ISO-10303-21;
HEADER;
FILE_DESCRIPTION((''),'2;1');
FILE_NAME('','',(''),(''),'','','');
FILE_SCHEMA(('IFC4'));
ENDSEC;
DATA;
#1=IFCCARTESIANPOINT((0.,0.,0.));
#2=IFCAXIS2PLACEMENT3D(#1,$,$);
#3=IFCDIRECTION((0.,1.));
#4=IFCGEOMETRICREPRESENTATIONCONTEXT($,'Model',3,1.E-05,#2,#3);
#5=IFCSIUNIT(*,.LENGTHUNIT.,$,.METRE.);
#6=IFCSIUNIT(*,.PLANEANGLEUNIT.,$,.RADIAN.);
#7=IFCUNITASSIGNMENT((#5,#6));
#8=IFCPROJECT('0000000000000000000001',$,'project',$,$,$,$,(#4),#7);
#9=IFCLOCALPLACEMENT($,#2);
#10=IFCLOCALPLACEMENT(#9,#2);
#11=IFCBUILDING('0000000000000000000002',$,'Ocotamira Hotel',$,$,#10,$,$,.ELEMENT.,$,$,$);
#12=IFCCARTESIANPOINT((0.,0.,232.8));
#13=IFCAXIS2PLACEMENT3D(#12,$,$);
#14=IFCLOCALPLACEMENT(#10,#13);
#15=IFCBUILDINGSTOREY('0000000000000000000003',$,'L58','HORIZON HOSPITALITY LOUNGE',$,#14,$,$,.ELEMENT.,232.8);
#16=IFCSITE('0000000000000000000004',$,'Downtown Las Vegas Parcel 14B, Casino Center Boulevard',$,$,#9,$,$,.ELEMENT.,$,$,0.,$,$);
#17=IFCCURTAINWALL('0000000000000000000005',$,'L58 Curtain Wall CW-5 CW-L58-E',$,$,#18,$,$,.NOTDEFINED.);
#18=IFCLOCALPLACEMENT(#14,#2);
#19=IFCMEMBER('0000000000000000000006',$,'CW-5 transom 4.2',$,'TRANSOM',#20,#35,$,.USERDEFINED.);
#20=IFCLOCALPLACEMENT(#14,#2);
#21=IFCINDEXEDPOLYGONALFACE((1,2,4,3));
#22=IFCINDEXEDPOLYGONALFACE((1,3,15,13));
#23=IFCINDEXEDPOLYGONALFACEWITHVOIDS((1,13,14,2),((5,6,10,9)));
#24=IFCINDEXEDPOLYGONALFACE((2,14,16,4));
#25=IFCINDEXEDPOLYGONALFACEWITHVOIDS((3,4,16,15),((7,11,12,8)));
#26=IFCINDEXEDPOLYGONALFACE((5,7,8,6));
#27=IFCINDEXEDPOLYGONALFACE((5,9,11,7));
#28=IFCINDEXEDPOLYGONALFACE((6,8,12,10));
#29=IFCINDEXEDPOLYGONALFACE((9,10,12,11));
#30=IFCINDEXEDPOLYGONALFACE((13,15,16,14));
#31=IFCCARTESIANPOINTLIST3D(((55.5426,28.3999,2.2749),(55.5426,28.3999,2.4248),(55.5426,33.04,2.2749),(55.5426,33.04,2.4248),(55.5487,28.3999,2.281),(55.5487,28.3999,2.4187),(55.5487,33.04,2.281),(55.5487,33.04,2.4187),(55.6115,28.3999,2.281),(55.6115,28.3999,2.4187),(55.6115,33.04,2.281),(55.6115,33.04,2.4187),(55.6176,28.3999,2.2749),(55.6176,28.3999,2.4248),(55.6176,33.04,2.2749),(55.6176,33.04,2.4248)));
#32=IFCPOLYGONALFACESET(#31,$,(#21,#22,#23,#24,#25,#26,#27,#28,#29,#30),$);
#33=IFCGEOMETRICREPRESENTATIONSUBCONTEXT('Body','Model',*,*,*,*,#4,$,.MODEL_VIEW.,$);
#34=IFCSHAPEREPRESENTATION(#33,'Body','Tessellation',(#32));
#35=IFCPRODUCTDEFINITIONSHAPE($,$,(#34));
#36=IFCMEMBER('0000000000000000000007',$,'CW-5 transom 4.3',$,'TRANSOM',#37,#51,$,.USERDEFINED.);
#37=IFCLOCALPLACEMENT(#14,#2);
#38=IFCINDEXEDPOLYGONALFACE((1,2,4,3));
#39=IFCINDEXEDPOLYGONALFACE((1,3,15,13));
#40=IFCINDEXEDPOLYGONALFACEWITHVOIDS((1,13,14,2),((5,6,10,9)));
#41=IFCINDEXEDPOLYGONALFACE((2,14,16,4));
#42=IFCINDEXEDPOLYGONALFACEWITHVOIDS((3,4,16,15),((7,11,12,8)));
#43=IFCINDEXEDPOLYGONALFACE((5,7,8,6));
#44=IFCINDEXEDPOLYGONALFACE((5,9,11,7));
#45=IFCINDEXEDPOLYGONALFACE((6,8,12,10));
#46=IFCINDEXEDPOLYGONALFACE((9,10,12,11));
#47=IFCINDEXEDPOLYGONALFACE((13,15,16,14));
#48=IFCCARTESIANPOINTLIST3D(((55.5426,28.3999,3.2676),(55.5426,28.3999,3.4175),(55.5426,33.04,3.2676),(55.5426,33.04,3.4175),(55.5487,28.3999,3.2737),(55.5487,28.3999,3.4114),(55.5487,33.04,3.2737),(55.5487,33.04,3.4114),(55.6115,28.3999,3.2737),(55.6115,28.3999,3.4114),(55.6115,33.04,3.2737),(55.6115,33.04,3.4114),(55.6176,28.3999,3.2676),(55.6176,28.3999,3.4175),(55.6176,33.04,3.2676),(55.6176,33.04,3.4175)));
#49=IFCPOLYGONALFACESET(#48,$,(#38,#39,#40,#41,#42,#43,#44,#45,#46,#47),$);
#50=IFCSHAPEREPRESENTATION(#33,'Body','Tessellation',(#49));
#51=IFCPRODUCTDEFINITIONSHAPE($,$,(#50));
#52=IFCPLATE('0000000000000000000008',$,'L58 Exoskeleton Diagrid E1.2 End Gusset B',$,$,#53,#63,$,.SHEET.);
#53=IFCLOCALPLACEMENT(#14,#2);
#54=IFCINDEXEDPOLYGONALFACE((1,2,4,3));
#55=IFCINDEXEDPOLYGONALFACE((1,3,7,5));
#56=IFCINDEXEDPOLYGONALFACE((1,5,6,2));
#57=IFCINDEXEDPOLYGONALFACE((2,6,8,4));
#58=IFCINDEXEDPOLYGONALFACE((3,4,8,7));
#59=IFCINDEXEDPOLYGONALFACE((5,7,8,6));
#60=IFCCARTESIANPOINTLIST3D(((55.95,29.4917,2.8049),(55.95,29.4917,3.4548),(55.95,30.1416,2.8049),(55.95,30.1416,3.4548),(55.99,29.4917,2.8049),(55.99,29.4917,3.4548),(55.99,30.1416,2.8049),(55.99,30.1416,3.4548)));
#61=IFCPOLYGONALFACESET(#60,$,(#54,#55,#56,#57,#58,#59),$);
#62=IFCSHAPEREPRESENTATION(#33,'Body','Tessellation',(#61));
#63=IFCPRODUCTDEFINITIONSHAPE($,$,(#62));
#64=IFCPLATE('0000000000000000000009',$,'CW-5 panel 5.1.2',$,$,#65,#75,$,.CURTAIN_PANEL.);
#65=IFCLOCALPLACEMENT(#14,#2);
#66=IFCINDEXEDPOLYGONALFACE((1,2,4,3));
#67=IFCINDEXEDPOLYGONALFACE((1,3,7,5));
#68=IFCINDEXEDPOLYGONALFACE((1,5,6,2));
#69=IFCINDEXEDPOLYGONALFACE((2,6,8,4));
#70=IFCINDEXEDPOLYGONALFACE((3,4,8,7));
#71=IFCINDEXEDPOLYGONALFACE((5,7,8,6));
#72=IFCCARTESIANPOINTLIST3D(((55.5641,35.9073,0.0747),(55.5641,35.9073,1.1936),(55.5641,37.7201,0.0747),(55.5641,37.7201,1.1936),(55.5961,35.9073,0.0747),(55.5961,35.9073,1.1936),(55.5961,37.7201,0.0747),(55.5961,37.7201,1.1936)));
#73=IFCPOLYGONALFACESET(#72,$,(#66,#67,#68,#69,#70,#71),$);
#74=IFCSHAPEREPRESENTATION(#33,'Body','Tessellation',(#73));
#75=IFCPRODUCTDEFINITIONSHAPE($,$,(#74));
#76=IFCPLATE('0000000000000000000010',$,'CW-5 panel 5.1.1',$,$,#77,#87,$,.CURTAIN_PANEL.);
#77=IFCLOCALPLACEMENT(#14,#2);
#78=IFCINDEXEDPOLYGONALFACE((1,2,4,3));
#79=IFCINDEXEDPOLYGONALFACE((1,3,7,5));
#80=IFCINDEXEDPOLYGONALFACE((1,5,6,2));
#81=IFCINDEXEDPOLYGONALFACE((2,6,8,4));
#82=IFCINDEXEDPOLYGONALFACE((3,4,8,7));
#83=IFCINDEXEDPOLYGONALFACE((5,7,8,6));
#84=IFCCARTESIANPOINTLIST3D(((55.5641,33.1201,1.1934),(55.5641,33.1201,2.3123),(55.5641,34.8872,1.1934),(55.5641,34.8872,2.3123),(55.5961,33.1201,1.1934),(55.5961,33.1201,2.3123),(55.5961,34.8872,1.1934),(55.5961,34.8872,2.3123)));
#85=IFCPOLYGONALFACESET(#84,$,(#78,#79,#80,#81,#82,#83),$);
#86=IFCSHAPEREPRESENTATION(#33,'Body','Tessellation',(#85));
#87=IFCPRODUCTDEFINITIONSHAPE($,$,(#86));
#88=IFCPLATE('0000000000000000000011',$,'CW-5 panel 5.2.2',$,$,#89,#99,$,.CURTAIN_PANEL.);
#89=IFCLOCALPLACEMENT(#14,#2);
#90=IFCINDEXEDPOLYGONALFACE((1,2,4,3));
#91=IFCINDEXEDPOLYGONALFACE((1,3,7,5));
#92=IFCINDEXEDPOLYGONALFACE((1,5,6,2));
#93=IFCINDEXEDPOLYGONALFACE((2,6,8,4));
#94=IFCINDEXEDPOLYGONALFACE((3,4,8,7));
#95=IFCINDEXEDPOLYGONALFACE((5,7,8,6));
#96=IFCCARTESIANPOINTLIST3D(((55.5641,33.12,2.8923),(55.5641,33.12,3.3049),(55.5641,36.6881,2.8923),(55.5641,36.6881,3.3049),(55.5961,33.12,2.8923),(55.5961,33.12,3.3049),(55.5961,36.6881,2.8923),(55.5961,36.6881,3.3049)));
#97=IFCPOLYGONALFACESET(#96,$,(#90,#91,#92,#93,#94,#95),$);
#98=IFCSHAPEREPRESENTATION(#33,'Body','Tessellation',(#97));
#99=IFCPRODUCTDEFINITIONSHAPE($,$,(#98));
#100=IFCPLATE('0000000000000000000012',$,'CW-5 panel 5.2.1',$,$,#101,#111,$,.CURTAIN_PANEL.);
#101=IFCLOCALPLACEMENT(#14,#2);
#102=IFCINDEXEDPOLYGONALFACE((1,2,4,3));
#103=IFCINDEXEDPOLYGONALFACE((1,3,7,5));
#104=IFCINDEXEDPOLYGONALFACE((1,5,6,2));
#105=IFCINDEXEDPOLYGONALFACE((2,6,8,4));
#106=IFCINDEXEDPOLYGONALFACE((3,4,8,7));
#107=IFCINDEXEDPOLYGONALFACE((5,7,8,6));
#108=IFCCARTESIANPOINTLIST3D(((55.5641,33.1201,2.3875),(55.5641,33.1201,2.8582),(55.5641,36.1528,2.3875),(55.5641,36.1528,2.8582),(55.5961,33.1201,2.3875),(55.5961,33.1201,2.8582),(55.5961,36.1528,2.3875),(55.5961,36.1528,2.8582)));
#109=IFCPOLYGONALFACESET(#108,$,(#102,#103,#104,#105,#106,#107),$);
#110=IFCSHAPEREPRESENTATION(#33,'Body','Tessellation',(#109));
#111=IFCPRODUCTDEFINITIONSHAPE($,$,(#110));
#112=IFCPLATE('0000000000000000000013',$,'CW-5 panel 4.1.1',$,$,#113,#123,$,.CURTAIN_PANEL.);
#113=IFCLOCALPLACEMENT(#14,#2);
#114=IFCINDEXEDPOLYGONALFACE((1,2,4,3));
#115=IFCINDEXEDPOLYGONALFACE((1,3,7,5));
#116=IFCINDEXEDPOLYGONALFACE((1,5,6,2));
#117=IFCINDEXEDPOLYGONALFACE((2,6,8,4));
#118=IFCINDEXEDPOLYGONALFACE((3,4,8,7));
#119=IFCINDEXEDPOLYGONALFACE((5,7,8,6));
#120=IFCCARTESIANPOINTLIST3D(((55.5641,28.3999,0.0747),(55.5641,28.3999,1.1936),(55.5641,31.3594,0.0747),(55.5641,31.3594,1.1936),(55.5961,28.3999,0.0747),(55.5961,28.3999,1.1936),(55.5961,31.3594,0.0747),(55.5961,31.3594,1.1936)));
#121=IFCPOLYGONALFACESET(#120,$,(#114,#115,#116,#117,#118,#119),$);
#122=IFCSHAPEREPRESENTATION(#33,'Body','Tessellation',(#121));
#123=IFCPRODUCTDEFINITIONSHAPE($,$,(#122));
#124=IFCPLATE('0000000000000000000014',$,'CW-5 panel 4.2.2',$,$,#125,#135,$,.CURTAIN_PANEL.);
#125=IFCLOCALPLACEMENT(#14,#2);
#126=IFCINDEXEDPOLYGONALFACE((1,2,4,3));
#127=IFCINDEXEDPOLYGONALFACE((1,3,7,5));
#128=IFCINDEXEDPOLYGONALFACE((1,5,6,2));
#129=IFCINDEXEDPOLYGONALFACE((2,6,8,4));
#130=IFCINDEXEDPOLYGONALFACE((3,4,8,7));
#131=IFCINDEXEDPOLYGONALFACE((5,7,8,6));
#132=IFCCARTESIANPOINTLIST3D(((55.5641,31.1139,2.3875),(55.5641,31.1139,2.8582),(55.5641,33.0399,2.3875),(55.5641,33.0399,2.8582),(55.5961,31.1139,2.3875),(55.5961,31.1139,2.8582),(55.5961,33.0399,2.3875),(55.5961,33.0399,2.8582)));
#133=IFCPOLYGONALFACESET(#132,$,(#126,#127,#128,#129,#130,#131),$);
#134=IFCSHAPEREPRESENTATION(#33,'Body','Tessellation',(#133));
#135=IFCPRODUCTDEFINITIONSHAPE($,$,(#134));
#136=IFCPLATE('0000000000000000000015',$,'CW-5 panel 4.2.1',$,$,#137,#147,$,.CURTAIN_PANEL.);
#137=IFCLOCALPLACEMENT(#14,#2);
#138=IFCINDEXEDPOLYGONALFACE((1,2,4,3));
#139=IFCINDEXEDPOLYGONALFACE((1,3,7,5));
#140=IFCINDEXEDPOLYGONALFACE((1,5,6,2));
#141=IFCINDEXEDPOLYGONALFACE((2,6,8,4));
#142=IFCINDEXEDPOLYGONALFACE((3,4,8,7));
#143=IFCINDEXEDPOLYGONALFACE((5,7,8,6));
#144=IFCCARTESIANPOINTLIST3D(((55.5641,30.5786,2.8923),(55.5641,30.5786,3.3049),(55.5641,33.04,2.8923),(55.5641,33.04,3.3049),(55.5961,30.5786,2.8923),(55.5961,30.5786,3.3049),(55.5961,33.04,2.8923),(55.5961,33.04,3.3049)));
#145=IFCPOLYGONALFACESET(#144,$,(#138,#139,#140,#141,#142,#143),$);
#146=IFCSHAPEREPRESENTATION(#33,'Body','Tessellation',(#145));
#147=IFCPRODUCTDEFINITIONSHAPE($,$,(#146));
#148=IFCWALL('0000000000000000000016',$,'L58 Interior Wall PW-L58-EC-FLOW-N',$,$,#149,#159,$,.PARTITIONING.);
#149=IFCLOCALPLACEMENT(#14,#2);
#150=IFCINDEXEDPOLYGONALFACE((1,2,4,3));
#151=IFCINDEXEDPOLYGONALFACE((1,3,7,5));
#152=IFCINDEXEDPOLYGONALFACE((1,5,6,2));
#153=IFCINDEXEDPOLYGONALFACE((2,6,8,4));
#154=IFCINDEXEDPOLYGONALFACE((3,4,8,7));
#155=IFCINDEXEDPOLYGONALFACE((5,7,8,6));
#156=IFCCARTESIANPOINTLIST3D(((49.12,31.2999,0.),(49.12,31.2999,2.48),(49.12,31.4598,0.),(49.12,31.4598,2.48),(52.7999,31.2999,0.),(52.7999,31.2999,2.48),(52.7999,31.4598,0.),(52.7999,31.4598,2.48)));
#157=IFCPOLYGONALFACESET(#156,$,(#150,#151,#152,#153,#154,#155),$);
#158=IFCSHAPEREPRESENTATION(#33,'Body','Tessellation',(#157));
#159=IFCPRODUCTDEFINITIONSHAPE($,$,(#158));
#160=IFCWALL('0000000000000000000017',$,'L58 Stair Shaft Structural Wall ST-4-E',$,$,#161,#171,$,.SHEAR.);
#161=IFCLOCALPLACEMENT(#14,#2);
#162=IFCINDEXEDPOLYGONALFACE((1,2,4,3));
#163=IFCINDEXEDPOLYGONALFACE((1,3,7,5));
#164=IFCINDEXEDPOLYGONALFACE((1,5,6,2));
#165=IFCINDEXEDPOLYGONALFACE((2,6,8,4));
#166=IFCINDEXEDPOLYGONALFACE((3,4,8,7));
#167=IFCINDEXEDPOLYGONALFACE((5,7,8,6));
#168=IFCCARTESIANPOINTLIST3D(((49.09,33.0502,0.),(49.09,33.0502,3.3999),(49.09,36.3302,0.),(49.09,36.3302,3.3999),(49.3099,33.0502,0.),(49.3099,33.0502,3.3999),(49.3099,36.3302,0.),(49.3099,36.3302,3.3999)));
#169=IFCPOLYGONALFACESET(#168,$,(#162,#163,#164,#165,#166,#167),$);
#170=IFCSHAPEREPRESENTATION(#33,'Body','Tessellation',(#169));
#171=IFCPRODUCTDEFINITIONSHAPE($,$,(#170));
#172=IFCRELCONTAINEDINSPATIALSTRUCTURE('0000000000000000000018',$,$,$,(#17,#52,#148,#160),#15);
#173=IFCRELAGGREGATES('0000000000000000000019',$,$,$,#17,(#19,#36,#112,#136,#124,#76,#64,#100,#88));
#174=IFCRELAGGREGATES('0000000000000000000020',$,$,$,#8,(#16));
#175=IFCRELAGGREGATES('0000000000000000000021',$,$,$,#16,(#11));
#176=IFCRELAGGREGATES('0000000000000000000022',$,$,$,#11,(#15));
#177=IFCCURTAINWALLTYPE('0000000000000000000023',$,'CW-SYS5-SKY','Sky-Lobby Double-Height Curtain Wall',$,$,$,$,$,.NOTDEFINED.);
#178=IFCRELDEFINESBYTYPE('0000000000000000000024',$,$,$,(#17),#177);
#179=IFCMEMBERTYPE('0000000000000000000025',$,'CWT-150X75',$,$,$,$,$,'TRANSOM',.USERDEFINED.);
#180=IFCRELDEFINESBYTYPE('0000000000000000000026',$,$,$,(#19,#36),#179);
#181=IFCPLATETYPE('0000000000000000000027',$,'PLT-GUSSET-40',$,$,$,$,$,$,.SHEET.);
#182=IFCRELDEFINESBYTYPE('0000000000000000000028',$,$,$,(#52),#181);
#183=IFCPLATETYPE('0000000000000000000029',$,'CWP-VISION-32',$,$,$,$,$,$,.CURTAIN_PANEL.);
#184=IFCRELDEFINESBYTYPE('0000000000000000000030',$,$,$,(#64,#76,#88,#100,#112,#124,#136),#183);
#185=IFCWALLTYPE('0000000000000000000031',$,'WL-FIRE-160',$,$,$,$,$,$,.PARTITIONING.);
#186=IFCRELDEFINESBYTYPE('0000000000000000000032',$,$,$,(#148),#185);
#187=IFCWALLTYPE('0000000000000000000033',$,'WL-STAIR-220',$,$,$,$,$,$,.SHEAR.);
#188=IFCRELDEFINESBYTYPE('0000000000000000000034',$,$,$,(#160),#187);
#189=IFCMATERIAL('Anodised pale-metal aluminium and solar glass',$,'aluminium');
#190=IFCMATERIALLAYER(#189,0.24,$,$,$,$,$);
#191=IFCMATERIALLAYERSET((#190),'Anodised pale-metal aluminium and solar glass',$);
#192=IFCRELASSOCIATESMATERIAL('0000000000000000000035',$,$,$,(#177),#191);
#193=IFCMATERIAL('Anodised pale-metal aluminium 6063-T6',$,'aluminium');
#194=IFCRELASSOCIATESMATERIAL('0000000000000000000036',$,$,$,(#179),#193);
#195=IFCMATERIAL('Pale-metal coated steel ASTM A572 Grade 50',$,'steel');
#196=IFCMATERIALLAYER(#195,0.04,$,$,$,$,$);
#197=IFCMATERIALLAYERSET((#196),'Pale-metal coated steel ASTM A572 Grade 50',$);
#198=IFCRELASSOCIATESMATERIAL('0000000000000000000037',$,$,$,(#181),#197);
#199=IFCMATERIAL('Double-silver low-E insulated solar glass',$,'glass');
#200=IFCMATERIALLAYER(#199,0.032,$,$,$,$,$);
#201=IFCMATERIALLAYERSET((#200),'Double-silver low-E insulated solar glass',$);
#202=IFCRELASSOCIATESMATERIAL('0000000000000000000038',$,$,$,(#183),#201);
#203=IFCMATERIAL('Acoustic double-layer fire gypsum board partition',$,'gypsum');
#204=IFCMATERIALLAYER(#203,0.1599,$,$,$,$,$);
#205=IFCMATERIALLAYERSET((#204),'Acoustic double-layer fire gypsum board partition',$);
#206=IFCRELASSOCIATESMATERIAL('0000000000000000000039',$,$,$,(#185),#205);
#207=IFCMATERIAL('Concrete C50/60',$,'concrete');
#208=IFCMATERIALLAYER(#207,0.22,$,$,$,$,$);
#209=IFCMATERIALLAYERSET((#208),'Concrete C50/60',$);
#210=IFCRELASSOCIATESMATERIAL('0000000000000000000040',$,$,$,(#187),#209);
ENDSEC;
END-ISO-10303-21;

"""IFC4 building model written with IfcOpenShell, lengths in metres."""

from ifc_helpers import new_model, si_unit, direction, frame, frame_2d, origin, origin_2d, place, context, subcontext, project, spatial, rectangle, hollow_rectangle, extrude, source, transform, mapped, material, layer, layer_set, material_profile, profile_set, type_object, element, aggregate, save


model = new_model("IFC4")

# Units and contexts
model_context = context("Model", 3, precision=1e-05, world=origin(), true_north=direction((0.0, 1.0)))
body_context = subcontext(model_context, "Body", "Model", "MODEL_VIEW")
ifc_project = project(units=[si_unit("LENGTHUNIT", "METRE"), si_unit("PLANEANGLEUNIT", "RADIAN")], contexts=[model_context])

# Site, building, storey
site_placement = place(None, origin())
site = spatial("IfcSite", under=ifc_project, at=site_placement, Name="Downtown Las Vegas Parcel 14B, Casino Center Boulevard", CompositionType="ELEMENT", RefElevation=0.0)
building_placement = place(site_placement, origin())
building = spatial("IfcBuilding", under=site, at=building_placement, Name="Ocotamira Hotel", CompositionType="ELEMENT")
storey_placement = place(building_placement, frame((0.0, 0.0, 232.8)))
storey = spatial("IfcBuildingStorey", under=building, at=storey_placement, Name="L58", Description="HORIZON HOSPITALITY LOUNGE", CompositionType="ELEMENT", Elevation=232.8)

# Curtain wall, members
ifc_material_1 = material(Name="Anodised pale-metal aluminium and solar glass", Category="aluminium")
ifc_layer_1 = layer(ifc_material_1, 0.24)
ifc_layer_set_1 = layer_set([ifc_layer_1], Name="Anodised pale-metal aluminium and solar glass")
curtain_wall_type = type_object("IfcCurtainWallType", Name="CW-SYS5-SKY", Description="Sky-Lobby Double-Height Curtain Wall", PredefinedType="NOTDEFINED", material=ifc_layer_set_1)
curtain_wall_placement = place(storey_placement, origin())
curtain_wall = element("IfcCurtainWall", 1, at=curtain_wall_placement, inside=storey, type_object=curtain_wall_type, Name="L58 Curtain Wall CW-5 CW-L58-E", PredefinedType="NOTDEFINED")
ifc_material_2 = material(Name="Anodised pale-metal aluminium 6063-T6", Category="aluminium")
ifc_material_profile_1 = material_profile(ifc_material_2, hollow_rectangle(XDim=0.075, YDim=0.1499, WallThickness=0.0061, at=origin_2d()), Name="HSS150X75X6")
ifc_profile_set_1 = profile_set([ifc_material_profile_1], Name="Anodised pale-metal aluminium 6063-T6")
member_type_1 = type_object("IfcMemberType", Name="CWT-150X75", ElementType="TRANSOM", PredefinedType="USERDEFINED", material=ifc_profile_set_1)
shared_shape_1 = source(origin(), body_context, "Body", "SweptSolid", [
    extrude(hollow_rectangle(XDim=0.075, YDim=0.1499, WallThickness=0.0061, at=origin_2d()), origin(), (0.0, 0.0, 1.0), 4.6401),
])
member_1_placement = place(storey_placement, frame((55.5801, 28.3999, 2.3499), z_axis=(0.0, 1.0, 0.0), x_axis=(-1.0, 0.0, 0.0)))
member_1 = element("IfcMember", 2, at=member_1_placement, type_object=member_type_1, Name="CW-5 transom 4.2", ObjectType="TRANSOM", PredefinedType="USERDEFINED", context=body_context, shape_type="MappedRepresentation", body=[
    mapped(shared_shape_1, transform((0.0, 0.0, 0.0), scale=1.0)),
])
member_2_placement = place(storey_placement, frame((55.5801, 28.3999, 3.3425), z_axis=(0.0, 1.0, 0.0), x_axis=(-1.0, 0.0, 0.0)))
member_2 = element("IfcMember", 3, at=member_2_placement, type_object=member_type_1, Name="CW-5 transom 4.3", ObjectType="TRANSOM", PredefinedType="USERDEFINED", context=body_context, shape_type="MappedRepresentation", body=[
    mapped(shared_shape_1, transform((0.0, 0.0, 0.0), scale=1.0)),
])

# Plates
ifc_material_3 = material(Name="Pale-metal coated steel ASTM A572 Grade 50", Category="steel")
ifc_layer_2 = layer(ifc_material_3, 0.04)
ifc_layer_set_2 = layer_set([ifc_layer_2], Name="Pale-metal coated steel ASTM A572 Grade 50")
plate_type_1 = type_object("IfcPlateType", Name="PLT-GUSSET-40", PredefinedType="SHEET", material=ifc_layer_set_2)
shared_shape_2 = source(origin(), body_context, "Body", "SweptSolid", [
    extrude(rectangle(XDim=0.04, YDim=0.6499, at=origin_2d()), origin(), (0.0, 0.0, 1.0), 0.6499),
])
plate_1_placement = place(storey_placement, frame((55.97, 29.8167, 2.8049), z_axis=(0.0, 0.0, 1.0), x_axis=(1.0, 0.0, 0.0)))
element("IfcPlate", 4, at=plate_1_placement, inside=storey, type_object=plate_type_1, Name="L58 Exoskeleton Diagrid E1.2 End Gusset B", PredefinedType="SHEET", context=body_context, shape_type="MappedRepresentation", body=[
    mapped(shared_shape_2, transform((0.0, 0.0, 0.0), scale=1.0)),
])
ifc_material_4 = material(Name="Double-silver low-E insulated solar glass", Category="glass")
ifc_layer_3 = layer(ifc_material_4, 0.032)
ifc_layer_set_3 = layer_set([ifc_layer_3], Name="Double-silver low-E insulated solar glass")
plate_type_2 = type_object("IfcPlateType", Name="CWP-VISION-32", PredefinedType="CURTAIN_PANEL", material=ifc_layer_set_3)
shared_shape_3 = source(origin(), body_context, "Body", "SweptSolid", [
    extrude(rectangle(XDim=1.8127, YDim=0.032, at=origin_2d()), origin(), (0.0, 0.0, 1.0), 1.1189),
])
plate_2_placement = place(storey_placement, frame((55.5801, 36.8137, 0.0747), z_axis=(0.0, 0.0, 1.0), x_axis=(0.0, 1.0, 0.0)))
plate_2 = element("IfcPlate", 5, at=plate_2_placement, type_object=plate_type_2, Name="CW-5 panel 5.1.2", PredefinedType="CURTAIN_PANEL", context=body_context, shape_type="MappedRepresentation", body=[
    mapped(shared_shape_3, transform((0.0, 0.0, 0.0), scale=1.0)),
])
shared_shape_4 = source(origin(), body_context, "Body", "SweptSolid", [
    extrude(rectangle(XDim=1.7671, YDim=0.032, at=origin_2d()), origin(), (0.0, 0.0, 1.0), 1.1189),
])
plate_3_placement = place(storey_placement, frame((55.5801, 34.0037, 1.1934), z_axis=(0.0, 0.0, 1.0), x_axis=(0.0, 1.0, 0.0)))
plate_3 = element("IfcPlate", 6, at=plate_3_placement, type_object=plate_type_2, Name="CW-5 panel 5.1.1", PredefinedType="CURTAIN_PANEL", context=body_context, shape_type="MappedRepresentation", body=[
    mapped(shared_shape_4, transform((0.0, 0.0, 0.0), scale=1.0)),
])
shared_shape_5 = source(origin(), body_context, "Body", "SweptSolid", [
    extrude(rectangle(XDim=3.5681, YDim=0.032, at=origin_2d()), origin(), (0.0, 0.0, 1.0), 0.4126),
])
plate_4_placement = place(storey_placement, frame((55.5801, 34.9041, 2.8923), z_axis=(0.0, 0.0, 1.0), x_axis=(0.0, 1.0, 0.0)))
plate_4 = element("IfcPlate", 7, at=plate_4_placement, type_object=plate_type_2, Name="CW-5 panel 5.2.2", PredefinedType="CURTAIN_PANEL", context=body_context, shape_type="MappedRepresentation", body=[
    mapped(shared_shape_5, transform((0.0, 0.0, 0.0), scale=1.0)),
])
shared_shape_6 = source(origin(), body_context, "Body", "SweptSolid", [
    extrude(rectangle(XDim=3.0327, YDim=0.032, at=origin_2d()), origin(), (0.0, 0.0, 1.0), 0.4707),
])
plate_5_placement = place(storey_placement, frame((55.5801, 34.6365, 2.3875), z_axis=(0.0, 0.0, 1.0), x_axis=(0.0, 1.0, 0.0)))
plate_5 = element("IfcPlate", 8, at=plate_5_placement, type_object=plate_type_2, Name="CW-5 panel 5.2.1", PredefinedType="CURTAIN_PANEL", context=body_context, shape_type="MappedRepresentation", body=[
    mapped(shared_shape_6, transform((0.0, 0.0, 0.0), scale=1.0)),
])
shared_shape_7 = source(origin(), body_context, "Body", "SweptSolid", [
    extrude(rectangle(XDim=2.9595, YDim=0.032, at=origin_2d()), origin(), (0.0, 0.0, 1.0), 1.1189),
])
plate_6_placement = place(storey_placement, frame((55.5801, 29.8796, 0.0747), z_axis=(0.0, 0.0, 1.0), x_axis=(0.0, 1.0, 0.0)))
plate_6 = element("IfcPlate", 9, at=plate_6_placement, type_object=plate_type_2, Name="CW-5 panel 4.1.1", PredefinedType="CURTAIN_PANEL", context=body_context, shape_type="MappedRepresentation", body=[
    mapped(shared_shape_7, transform((0.0, 0.0, 0.0), scale=1.0)),
])
shared_shape_8 = source(origin(), body_context, "Body", "SweptSolid", [
    extrude(rectangle(XDim=1.926, YDim=0.032, at=origin_2d()), origin(), (0.0, 0.0, 1.0), 0.4707),
])
plate_7_placement = place(storey_placement, frame((55.5801, 32.0769, 2.3875), z_axis=(0.0, 0.0, 1.0), x_axis=(0.0, 1.0, 0.0)))
plate_7 = element("IfcPlate", 10, at=plate_7_placement, type_object=plate_type_2, Name="CW-5 panel 4.2.2", PredefinedType="CURTAIN_PANEL", context=body_context, shape_type="MappedRepresentation", body=[
    mapped(shared_shape_8, transform((0.0, 0.0, 0.0), scale=1.0)),
])
shared_shape_9 = source(origin(), body_context, "Body", "SweptSolid", [
    extrude(rectangle(XDim=2.4614, YDim=0.032, at=origin_2d()), origin(), (0.0, 0.0, 1.0), 0.4126),
])
plate_8_placement = place(storey_placement, frame((55.5801, 31.8093, 2.8923), z_axis=(0.0, 0.0, 1.0), x_axis=(0.0, 1.0, 0.0)))
plate_8 = element("IfcPlate", 11, at=plate_8_placement, type_object=plate_type_2, Name="CW-5 panel 4.2.1", PredefinedType="CURTAIN_PANEL", context=body_context, shape_type="MappedRepresentation", body=[
    mapped(shared_shape_9, transform((0.0, 0.0, 0.0), scale=1.0)),
])
aggregate(curtain_wall, [member_1, member_2, plate_6, plate_8, plate_7, plate_3, plate_2, plate_5, plate_4])

# Wall
ifc_material_5 = material(Name="Acoustic double-layer fire gypsum board partition", Category="gypsum")
ifc_layer_4 = layer(ifc_material_5, 0.1599)
ifc_layer_set_4 = layer_set([ifc_layer_4], Name="Acoustic double-layer fire gypsum board partition")
wall_type_1 = type_object("IfcWallType", Name="WL-FIRE-160", PredefinedType="PARTITIONING", material=ifc_layer_set_4)
wall_1_placement = place(storey_placement, frame((49.1201, 31.3799, 0.0), z_axis=(0.0, 0.0, 1.0), x_axis=(1.0, 0.0, 0.0)))
element("IfcWall", 12, at=wall_1_placement, inside=storey, type_object=wall_type_1, Name="L58 Interior Wall PW-L58-EC-FLOW-N", PredefinedType="PARTITIONING", context=body_context, shape_type="SweptSolid", body=[
    extrude(rectangle(XDim=3.6799, YDim=0.1599, at=frame_2d((1.8398, 0.0))), origin(), (0.0, 0.0, 1.0), 2.48),
])

# Wall
ifc_material_6 = material(Name="Concrete C50/60", Category="concrete")
ifc_layer_5 = layer(ifc_material_6, 0.22)
ifc_layer_set_5 = layer_set([ifc_layer_5], Name="Concrete C50/60")
wall_type_2 = type_object("IfcWallType", Name="WL-STAIR-220", PredefinedType="SHEAR", material=ifc_layer_set_5)
wall_2_placement = place(storey_placement, frame((49.2, 33.05, 0.0), z_axis=(0.0, 0.0, 1.0), x_axis=(0.0, 1.0, 0.0)))
element("IfcWall", 13, at=wall_2_placement, inside=storey, type_object=wall_type_2, Name="L58 Stair Shaft Structural Wall ST-4-E", PredefinedType="SHEAR", context=body_context, shape_type="SweptSolid", body=[
    extrude(rectangle(XDim=3.28, YDim=0.22, at=frame_2d((1.6401, 0.0))), origin(), (0.0, 0.0, 1.0), 3.3999),
])

save(model, "model.ifc")
